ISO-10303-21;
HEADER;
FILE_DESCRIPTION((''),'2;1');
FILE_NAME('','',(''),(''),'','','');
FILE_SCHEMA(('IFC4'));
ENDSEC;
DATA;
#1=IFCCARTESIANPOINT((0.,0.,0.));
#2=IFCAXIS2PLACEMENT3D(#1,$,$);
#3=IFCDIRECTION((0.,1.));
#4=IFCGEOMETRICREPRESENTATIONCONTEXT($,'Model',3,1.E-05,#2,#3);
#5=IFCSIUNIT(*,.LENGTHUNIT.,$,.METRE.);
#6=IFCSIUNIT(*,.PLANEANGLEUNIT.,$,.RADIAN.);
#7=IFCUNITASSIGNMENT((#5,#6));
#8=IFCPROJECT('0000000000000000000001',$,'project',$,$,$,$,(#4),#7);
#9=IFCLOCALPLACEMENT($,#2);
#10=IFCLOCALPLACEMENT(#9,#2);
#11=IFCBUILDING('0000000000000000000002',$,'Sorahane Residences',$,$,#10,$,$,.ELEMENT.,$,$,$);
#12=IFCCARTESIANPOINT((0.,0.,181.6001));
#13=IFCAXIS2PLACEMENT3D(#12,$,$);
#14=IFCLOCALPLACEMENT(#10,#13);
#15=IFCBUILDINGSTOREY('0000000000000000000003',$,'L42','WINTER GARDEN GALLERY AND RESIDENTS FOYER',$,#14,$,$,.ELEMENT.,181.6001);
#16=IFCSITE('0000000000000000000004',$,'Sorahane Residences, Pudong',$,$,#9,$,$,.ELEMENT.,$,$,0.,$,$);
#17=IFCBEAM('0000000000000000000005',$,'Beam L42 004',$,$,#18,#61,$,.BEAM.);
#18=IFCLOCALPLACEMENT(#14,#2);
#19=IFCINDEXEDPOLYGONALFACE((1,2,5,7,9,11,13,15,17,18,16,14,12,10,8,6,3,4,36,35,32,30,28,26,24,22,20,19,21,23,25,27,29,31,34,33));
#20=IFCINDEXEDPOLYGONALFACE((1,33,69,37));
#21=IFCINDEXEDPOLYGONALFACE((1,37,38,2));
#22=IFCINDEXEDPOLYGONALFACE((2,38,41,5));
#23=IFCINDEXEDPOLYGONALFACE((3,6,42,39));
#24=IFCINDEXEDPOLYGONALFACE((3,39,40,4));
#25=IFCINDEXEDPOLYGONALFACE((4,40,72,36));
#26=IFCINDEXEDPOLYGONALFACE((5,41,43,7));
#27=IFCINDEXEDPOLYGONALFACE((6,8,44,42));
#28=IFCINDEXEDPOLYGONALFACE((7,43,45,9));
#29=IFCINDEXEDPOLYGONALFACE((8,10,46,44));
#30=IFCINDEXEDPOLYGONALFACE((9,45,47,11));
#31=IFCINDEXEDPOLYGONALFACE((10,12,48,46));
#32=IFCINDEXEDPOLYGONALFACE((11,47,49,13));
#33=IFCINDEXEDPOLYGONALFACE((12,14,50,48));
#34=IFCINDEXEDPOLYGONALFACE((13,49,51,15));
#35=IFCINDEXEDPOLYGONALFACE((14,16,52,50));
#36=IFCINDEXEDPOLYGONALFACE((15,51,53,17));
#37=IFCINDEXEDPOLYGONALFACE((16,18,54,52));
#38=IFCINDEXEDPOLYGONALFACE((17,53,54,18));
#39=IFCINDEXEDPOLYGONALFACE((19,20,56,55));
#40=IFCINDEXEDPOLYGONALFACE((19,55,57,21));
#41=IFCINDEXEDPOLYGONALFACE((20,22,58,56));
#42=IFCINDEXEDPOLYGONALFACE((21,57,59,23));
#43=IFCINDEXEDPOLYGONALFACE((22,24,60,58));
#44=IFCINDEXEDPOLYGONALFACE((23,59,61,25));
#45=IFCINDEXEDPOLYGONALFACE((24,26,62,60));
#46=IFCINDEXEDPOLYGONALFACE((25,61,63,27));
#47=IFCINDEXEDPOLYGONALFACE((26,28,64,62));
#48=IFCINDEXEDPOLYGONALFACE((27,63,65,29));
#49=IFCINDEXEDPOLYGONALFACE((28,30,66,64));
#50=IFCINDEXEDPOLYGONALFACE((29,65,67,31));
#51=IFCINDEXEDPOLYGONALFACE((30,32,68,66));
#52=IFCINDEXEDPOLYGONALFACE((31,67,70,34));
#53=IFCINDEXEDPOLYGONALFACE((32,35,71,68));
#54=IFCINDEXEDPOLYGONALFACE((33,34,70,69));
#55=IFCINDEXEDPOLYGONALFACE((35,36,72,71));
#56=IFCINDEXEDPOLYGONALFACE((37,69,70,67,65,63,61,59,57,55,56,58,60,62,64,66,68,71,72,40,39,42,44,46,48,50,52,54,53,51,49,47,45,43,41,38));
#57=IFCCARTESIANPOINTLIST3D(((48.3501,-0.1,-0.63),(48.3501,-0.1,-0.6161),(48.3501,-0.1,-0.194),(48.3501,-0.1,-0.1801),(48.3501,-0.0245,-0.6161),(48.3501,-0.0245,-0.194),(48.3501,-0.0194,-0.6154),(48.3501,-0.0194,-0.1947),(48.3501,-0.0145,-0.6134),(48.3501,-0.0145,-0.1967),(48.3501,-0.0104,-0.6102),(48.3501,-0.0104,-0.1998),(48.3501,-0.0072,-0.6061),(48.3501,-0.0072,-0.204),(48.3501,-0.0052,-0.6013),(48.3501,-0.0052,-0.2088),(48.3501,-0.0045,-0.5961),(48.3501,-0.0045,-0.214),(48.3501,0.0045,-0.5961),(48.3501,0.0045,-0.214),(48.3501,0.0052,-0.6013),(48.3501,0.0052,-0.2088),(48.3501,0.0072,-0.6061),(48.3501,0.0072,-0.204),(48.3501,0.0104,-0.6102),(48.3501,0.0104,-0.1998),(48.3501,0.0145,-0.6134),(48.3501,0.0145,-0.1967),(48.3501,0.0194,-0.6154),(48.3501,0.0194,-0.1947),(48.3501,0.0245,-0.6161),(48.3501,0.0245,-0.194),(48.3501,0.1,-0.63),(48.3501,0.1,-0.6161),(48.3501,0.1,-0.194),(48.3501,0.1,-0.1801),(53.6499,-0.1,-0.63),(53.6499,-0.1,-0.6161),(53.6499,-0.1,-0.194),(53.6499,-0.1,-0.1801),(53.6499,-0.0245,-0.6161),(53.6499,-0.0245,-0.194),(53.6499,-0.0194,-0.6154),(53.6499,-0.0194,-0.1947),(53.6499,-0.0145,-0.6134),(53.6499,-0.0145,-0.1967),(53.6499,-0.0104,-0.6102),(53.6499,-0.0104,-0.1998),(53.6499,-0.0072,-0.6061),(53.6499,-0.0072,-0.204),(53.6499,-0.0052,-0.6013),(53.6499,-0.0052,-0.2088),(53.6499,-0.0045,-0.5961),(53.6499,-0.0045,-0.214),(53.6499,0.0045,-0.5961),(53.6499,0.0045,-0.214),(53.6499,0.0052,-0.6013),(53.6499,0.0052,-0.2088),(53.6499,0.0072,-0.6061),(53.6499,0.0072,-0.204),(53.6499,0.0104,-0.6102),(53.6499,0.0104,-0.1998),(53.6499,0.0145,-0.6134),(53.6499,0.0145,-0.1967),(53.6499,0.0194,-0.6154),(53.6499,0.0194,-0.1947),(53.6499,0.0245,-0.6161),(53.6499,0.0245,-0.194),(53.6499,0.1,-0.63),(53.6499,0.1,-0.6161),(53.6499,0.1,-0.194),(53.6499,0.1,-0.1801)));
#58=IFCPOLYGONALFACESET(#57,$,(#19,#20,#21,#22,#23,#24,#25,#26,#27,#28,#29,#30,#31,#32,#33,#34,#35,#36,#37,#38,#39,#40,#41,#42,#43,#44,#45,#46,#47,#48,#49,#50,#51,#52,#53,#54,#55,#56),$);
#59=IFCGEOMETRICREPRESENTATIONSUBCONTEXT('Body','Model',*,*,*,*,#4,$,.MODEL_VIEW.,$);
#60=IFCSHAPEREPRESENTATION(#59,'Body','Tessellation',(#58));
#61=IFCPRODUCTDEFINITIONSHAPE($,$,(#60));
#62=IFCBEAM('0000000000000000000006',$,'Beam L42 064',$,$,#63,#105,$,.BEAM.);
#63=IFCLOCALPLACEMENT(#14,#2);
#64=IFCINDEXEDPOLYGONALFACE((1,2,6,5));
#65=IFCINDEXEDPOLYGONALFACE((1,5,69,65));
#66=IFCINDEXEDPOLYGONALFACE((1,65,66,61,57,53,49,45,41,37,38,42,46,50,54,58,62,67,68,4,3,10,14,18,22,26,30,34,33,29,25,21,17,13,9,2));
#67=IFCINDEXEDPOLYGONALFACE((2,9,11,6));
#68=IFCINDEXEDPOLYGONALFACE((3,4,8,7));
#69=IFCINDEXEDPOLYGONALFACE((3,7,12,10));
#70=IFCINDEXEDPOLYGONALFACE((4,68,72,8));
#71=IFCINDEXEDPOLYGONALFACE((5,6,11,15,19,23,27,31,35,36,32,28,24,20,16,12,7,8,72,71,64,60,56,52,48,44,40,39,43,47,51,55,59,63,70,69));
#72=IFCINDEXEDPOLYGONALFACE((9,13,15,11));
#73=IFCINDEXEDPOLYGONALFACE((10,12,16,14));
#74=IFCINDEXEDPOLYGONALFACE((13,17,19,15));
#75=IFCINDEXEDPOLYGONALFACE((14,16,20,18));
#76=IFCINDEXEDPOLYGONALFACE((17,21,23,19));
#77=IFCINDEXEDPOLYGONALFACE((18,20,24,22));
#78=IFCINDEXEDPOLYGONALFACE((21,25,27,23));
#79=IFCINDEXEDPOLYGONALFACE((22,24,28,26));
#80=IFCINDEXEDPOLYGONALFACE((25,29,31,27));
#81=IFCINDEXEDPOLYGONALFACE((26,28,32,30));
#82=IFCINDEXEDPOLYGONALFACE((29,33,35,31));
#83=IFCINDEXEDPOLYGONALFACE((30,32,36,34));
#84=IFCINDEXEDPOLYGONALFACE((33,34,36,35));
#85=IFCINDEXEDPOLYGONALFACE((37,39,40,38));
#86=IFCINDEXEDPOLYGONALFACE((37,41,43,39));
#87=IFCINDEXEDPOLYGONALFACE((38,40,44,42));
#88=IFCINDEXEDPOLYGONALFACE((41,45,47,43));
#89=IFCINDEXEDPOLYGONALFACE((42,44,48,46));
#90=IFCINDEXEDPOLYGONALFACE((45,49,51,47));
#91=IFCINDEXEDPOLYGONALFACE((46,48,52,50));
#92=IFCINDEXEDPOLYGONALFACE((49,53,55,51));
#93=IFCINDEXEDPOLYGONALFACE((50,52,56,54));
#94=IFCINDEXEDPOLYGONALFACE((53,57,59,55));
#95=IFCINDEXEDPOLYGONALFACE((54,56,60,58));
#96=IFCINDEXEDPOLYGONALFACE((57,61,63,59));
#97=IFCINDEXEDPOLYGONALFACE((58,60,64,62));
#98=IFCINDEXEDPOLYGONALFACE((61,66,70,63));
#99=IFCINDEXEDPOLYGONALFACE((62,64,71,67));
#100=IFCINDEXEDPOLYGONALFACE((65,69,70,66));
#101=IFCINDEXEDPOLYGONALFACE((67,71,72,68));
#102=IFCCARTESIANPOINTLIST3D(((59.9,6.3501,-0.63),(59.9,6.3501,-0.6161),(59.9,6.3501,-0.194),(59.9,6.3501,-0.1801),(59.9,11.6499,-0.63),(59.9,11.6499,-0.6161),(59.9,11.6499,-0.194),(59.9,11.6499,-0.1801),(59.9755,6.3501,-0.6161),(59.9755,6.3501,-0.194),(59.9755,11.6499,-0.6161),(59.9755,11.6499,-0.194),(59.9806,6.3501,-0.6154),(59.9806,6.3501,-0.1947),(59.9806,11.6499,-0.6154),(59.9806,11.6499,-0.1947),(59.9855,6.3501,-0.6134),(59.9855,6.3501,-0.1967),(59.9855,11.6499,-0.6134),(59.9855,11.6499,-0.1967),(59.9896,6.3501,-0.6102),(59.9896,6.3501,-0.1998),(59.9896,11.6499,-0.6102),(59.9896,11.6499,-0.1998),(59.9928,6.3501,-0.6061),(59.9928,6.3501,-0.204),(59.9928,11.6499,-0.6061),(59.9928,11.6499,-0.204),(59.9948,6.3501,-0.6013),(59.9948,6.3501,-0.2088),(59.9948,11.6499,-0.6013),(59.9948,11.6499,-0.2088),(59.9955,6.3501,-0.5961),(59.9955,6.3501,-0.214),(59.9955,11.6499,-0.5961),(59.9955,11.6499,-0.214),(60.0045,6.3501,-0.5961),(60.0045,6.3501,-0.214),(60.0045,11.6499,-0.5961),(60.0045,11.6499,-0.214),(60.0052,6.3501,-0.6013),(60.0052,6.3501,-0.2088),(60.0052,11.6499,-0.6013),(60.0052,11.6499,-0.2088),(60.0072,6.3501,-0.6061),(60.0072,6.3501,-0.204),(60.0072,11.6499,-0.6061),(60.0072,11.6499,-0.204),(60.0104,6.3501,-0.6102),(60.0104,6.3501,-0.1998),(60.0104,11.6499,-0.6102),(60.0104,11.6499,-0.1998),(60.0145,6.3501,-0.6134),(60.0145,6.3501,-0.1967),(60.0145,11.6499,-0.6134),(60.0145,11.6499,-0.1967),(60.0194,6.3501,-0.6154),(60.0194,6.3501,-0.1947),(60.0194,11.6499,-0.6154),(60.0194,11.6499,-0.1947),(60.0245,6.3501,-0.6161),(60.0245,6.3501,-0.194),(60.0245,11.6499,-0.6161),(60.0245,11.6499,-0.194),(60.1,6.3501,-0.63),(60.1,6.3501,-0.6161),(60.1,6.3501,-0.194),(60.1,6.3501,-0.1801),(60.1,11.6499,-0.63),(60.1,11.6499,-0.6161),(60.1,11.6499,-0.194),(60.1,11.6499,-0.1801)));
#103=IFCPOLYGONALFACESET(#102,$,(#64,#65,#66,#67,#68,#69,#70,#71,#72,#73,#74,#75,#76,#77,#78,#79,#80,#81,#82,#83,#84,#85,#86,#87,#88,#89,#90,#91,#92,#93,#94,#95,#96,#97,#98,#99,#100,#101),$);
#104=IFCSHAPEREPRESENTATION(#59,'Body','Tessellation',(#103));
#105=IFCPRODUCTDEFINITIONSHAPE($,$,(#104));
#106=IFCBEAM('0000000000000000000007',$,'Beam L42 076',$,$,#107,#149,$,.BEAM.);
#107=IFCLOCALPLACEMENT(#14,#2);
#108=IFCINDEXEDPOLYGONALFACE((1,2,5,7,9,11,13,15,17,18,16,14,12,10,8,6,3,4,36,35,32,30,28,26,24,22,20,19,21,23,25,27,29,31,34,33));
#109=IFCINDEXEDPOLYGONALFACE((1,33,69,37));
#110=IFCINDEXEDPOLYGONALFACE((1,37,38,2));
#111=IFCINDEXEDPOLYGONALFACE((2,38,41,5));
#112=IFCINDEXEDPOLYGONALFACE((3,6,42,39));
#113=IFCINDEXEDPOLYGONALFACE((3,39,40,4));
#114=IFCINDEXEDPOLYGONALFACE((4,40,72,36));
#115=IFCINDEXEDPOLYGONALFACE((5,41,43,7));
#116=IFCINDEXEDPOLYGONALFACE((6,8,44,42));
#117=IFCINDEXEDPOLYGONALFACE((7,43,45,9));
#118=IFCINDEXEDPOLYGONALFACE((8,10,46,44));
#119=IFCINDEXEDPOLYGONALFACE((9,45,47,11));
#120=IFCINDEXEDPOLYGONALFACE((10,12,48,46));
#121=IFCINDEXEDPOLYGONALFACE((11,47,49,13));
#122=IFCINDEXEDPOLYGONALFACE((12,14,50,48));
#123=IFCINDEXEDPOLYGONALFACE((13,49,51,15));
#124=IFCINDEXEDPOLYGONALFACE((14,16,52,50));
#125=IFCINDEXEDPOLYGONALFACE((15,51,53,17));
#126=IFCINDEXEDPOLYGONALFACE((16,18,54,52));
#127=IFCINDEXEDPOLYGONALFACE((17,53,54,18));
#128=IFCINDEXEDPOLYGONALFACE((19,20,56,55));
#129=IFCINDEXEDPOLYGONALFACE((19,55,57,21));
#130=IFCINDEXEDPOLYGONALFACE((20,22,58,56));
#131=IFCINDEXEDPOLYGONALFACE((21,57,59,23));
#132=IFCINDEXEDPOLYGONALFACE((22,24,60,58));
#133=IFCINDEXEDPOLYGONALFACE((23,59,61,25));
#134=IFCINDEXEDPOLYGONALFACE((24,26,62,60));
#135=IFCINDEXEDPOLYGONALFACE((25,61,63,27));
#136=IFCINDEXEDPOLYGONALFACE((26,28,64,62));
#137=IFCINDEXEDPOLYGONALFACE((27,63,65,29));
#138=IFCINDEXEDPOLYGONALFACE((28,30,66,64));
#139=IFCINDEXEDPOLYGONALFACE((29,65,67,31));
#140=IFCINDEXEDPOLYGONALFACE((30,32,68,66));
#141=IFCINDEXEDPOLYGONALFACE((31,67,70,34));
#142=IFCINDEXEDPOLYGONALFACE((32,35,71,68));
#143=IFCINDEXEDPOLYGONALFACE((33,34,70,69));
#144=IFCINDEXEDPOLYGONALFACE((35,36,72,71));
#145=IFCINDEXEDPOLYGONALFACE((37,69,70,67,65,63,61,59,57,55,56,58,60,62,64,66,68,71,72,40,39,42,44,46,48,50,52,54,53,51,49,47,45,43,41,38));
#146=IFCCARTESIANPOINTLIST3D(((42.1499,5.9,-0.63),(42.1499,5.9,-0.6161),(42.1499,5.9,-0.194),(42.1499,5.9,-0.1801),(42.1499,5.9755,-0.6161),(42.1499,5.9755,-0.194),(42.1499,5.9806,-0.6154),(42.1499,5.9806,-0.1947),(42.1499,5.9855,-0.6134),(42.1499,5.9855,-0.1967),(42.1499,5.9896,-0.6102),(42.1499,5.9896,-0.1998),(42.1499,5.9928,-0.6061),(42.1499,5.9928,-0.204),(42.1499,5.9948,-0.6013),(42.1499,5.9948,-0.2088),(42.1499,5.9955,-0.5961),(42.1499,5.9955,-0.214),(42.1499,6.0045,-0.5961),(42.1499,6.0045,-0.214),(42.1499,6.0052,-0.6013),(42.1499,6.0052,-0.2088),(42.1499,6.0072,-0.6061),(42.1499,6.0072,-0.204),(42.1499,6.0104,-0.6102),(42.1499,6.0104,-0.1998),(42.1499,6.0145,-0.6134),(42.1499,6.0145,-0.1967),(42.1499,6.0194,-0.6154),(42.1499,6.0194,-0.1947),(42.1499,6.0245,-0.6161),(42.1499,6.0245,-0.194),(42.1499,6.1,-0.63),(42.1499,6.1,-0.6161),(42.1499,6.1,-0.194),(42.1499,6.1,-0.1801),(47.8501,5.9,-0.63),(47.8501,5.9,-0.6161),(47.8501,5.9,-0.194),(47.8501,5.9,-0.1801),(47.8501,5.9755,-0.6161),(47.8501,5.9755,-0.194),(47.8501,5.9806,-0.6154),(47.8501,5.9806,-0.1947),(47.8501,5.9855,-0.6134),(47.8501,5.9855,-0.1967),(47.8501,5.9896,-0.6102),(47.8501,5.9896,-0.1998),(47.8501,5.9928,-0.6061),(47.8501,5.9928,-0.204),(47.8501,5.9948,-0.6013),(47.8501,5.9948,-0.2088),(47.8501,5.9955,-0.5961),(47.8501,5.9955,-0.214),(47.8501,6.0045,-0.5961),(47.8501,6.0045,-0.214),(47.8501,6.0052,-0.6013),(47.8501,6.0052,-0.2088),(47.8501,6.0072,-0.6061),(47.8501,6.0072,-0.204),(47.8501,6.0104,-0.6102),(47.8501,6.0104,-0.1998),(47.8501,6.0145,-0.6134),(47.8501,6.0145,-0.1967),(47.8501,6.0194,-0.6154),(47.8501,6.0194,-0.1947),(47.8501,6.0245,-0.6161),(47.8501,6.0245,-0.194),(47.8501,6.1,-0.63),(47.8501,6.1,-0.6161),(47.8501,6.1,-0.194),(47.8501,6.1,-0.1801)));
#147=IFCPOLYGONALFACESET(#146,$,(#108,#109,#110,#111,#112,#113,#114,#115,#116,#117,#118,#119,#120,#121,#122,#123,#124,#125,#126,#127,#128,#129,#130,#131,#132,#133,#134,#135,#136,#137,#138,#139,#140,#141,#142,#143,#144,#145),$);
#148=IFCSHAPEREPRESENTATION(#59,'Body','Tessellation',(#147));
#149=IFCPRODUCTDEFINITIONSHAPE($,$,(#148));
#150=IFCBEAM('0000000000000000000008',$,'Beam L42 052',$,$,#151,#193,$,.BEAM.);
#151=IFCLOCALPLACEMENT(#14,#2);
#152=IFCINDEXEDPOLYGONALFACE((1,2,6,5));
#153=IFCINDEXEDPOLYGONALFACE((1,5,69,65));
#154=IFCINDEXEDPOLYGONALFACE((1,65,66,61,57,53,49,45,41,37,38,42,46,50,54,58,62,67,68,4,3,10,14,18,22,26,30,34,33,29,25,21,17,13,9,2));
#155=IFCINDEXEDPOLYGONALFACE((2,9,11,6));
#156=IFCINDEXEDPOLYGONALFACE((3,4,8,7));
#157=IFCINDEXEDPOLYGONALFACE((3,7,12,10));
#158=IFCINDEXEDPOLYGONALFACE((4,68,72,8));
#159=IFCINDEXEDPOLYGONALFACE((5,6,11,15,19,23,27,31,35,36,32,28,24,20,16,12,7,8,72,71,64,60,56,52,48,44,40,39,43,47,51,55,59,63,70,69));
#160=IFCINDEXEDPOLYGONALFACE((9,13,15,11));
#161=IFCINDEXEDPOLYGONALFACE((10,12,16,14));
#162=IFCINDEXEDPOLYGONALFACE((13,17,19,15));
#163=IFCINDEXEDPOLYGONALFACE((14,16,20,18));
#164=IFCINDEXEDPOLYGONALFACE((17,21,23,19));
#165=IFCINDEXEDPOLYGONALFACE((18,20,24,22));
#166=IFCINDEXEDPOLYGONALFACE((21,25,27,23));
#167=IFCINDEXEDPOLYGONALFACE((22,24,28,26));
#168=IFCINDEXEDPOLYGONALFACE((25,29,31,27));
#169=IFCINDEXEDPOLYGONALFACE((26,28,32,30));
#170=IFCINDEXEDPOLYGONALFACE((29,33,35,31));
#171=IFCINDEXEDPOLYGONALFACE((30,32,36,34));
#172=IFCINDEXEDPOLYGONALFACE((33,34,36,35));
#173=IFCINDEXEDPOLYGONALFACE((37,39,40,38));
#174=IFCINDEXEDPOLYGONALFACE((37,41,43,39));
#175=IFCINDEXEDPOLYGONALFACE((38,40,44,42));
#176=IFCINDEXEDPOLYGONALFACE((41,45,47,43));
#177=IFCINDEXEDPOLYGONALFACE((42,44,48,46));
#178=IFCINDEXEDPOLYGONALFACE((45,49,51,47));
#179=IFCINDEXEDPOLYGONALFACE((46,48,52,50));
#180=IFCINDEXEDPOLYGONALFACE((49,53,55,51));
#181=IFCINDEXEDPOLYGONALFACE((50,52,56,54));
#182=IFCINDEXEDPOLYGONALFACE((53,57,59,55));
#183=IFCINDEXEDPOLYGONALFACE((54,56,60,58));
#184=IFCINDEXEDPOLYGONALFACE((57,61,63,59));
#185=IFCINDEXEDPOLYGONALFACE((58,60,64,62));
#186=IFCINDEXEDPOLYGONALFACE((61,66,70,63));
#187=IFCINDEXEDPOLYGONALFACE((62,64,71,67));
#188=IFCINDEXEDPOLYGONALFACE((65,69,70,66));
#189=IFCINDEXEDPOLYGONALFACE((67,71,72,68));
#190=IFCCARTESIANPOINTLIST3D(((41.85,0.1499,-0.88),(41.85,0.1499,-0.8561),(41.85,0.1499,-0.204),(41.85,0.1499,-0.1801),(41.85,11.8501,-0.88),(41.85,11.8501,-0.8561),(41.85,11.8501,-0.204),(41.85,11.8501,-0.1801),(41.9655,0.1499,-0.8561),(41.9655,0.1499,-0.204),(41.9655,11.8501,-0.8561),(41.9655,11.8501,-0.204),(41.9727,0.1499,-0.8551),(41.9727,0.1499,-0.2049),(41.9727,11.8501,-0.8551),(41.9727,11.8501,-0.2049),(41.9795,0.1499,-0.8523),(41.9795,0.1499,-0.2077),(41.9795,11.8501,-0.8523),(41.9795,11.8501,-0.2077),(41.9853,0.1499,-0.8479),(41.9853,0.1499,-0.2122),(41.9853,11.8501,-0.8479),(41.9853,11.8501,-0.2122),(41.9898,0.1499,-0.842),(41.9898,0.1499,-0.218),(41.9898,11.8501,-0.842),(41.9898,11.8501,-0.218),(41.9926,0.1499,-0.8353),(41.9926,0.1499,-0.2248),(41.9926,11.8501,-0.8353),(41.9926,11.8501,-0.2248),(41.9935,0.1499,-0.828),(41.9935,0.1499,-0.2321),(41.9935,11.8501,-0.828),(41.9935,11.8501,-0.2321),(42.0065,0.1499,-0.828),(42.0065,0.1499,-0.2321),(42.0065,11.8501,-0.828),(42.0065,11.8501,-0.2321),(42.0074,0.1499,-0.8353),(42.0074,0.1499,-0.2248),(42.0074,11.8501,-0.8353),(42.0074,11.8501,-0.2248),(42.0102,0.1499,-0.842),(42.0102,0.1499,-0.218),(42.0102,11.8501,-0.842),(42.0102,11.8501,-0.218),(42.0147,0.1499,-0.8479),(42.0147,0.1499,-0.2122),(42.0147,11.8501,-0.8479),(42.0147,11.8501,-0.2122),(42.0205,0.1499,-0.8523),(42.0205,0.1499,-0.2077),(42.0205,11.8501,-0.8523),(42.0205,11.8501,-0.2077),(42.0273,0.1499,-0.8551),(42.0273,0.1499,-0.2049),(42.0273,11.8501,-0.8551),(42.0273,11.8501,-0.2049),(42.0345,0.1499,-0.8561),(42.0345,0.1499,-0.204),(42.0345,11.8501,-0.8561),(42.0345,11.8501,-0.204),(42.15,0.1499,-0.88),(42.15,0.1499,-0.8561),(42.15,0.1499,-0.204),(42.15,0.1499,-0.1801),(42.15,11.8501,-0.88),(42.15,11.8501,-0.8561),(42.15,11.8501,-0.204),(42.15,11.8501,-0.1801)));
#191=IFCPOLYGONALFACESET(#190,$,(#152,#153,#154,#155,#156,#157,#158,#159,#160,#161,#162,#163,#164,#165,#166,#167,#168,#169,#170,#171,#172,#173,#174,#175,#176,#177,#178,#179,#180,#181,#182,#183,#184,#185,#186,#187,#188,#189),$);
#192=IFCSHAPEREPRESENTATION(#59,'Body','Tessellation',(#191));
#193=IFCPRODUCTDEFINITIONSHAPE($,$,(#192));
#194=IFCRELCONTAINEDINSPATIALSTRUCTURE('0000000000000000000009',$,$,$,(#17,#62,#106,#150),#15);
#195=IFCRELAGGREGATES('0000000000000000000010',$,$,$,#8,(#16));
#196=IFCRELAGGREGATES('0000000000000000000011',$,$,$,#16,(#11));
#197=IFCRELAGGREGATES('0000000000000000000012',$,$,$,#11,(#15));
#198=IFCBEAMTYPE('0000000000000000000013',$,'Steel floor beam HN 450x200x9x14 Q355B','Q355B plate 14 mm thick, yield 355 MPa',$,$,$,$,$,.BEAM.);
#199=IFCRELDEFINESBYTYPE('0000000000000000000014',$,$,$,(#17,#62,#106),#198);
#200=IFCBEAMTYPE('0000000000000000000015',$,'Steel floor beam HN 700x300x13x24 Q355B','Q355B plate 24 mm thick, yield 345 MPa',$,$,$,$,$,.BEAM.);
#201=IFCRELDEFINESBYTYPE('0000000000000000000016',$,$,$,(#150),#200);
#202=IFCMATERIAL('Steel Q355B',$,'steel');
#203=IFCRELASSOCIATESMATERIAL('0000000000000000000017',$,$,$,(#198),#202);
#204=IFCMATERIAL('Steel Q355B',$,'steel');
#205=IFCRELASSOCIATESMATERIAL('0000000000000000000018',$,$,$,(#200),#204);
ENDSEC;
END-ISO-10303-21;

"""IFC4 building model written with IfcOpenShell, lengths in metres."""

from ifc_helpers import new_model, si_unit, direction, frame, origin, origin_2d, place, context, subcontext, project, spatial, i_section, extrude, material, material_profile, profile_set, type_object, element, save


model = new_model("IFC4")

# Units and contexts
model_context = context("Model", 3, precision=1e-05, world=origin(), true_north=direction((0.0, 1.0)))
body_context = subcontext(model_context, "Body", "Model", "MODEL_VIEW")
ifc_project = project(units=[si_unit("LENGTHUNIT", "METRE"), si_unit("PLANEANGLEUNIT", "RADIAN")], contexts=[model_context])

# Site, building, storey
site_placement = place(None, origin())
site = spatial("IfcSite", under=ifc_project, at=site_placement, Name="Sorahane Residences, Pudong", CompositionType="ELEMENT", RefElevation=0.0)
building_placement = place(site_placement, origin())
building = spatial("IfcBuilding", under=site, at=building_placement, Name="Sorahane Residences", CompositionType="ELEMENT")
storey_placement = place(building_placement, frame((0.0, 0.0, 181.6001)))
storey = spatial("IfcBuildingStorey", under=building, at=storey_placement, Name="L42", Description="WINTER GARDEN GALLERY AND RESIDENTS FOYER", CompositionType="ELEMENT", Elevation=181.6001)

# Beams
ifc_material_1 = material(Name="Steel Q355B", Category="steel")
ifc_material_profile_1 = material_profile(ifc_material_1, i_section(OverallWidth=0.2, OverallDepth=0.45, WebThickness=0.009, FlangeThickness=0.0139, FilletRadius=0.02, at=origin_2d()), Name="HN 450x200x9x14")
ifc_profile_set_1 = profile_set([ifc_material_profile_1], Name="Steel Q355B")
beam_type_1 = type_object("IfcBeamType", Name="Steel floor beam HN 450x200x9x14 Q355B", Description="Q355B plate 14 mm thick, yield 355 MPa", PredefinedType="BEAM", material=ifc_profile_set_1)
for number, where, z_axis, x_axis, name in (
    (1, (48.3501, 0.0, -0.405), (1.0, 0.0, 0.0), (0.0, 1.0, 0.0), "Beam L42 004"),
    (2, (60.0, 6.3501, -0.405), (0.0, 1.0, 0.0), (-1.0, 0.0, 0.0), "Beam L42 064"),
):
    element("IfcBeam", number, at=place(storey_placement, frame(where, z_axis=z_axis, x_axis=x_axis)), inside=storey, type_object=beam_type_1, Name=name, PredefinedType="BEAM", context=body_context, shape_type="SweptSolid", body=[
        extrude(i_section(OverallWidth=0.2, OverallDepth=0.45, WebThickness=0.009, FlangeThickness=0.0139, FilletRadius=0.02, at=origin_2d()), origin(), (0.0, 0.0, 1.0), 5.2998),
    ])
beam_1_placement = place(storey_placement, frame((42.1499, 6.0, -0.405), z_axis=(1.0, 0.0, 0.0), x_axis=(0.0, 1.0, 0.0)))
element("IfcBeam", 3, at=beam_1_placement, inside=storey, type_object=beam_type_1, Name="Beam L42 076", PredefinedType="BEAM", context=body_context, shape_type="SweptSolid", body=[
    extrude(i_section(OverallWidth=0.2, OverallDepth=0.45, WebThickness=0.009, FlangeThickness=0.0139, FilletRadius=0.02, at=origin_2d()), origin(), (0.0, 0.0, 1.0), 5.7002),
])
ifc_material_2 = material(Name="Steel Q355B", Category="steel")
ifc_material_profile_2 = material_profile(ifc_material_2, i_section(OverallWidth=0.3, OverallDepth=0.7, WebThickness=0.0129, FlangeThickness=0.0239, FilletRadius=0.0281, at=origin_2d()), Name="HN 700x300x13x24")
ifc_profile_set_2 = profile_set([ifc_material_profile_2], Name="Steel Q355B")
beam_type_2 = type_object("IfcBeamType", Name="Steel floor beam HN 700x300x13x24 Q355B", Description="Q355B plate 24 mm thick, yield 345 MPa", PredefinedType="BEAM", material=ifc_profile_set_2)
beam_2_placement = place(storey_placement, frame((42.0, 0.1499, -0.53), z_axis=(0.0, 1.0, 0.0), x_axis=(-1.0, 0.0, 0.0)))
element("IfcBeam", 4, at=beam_2_placement, inside=storey, type_object=beam_type_2, Name="Beam L42 052", PredefinedType="BEAM", context=body_context, shape_type="SweptSolid", body=[
    extrude(i_section(OverallWidth=0.3, OverallDepth=0.7, WebThickness=0.0129, FlangeThickness=0.0239, FilletRadius=0.0281, at=origin_2d()), origin(), (0.0, 0.0, 1.0), 11.7002),
])

save(model, "model.ifc")
